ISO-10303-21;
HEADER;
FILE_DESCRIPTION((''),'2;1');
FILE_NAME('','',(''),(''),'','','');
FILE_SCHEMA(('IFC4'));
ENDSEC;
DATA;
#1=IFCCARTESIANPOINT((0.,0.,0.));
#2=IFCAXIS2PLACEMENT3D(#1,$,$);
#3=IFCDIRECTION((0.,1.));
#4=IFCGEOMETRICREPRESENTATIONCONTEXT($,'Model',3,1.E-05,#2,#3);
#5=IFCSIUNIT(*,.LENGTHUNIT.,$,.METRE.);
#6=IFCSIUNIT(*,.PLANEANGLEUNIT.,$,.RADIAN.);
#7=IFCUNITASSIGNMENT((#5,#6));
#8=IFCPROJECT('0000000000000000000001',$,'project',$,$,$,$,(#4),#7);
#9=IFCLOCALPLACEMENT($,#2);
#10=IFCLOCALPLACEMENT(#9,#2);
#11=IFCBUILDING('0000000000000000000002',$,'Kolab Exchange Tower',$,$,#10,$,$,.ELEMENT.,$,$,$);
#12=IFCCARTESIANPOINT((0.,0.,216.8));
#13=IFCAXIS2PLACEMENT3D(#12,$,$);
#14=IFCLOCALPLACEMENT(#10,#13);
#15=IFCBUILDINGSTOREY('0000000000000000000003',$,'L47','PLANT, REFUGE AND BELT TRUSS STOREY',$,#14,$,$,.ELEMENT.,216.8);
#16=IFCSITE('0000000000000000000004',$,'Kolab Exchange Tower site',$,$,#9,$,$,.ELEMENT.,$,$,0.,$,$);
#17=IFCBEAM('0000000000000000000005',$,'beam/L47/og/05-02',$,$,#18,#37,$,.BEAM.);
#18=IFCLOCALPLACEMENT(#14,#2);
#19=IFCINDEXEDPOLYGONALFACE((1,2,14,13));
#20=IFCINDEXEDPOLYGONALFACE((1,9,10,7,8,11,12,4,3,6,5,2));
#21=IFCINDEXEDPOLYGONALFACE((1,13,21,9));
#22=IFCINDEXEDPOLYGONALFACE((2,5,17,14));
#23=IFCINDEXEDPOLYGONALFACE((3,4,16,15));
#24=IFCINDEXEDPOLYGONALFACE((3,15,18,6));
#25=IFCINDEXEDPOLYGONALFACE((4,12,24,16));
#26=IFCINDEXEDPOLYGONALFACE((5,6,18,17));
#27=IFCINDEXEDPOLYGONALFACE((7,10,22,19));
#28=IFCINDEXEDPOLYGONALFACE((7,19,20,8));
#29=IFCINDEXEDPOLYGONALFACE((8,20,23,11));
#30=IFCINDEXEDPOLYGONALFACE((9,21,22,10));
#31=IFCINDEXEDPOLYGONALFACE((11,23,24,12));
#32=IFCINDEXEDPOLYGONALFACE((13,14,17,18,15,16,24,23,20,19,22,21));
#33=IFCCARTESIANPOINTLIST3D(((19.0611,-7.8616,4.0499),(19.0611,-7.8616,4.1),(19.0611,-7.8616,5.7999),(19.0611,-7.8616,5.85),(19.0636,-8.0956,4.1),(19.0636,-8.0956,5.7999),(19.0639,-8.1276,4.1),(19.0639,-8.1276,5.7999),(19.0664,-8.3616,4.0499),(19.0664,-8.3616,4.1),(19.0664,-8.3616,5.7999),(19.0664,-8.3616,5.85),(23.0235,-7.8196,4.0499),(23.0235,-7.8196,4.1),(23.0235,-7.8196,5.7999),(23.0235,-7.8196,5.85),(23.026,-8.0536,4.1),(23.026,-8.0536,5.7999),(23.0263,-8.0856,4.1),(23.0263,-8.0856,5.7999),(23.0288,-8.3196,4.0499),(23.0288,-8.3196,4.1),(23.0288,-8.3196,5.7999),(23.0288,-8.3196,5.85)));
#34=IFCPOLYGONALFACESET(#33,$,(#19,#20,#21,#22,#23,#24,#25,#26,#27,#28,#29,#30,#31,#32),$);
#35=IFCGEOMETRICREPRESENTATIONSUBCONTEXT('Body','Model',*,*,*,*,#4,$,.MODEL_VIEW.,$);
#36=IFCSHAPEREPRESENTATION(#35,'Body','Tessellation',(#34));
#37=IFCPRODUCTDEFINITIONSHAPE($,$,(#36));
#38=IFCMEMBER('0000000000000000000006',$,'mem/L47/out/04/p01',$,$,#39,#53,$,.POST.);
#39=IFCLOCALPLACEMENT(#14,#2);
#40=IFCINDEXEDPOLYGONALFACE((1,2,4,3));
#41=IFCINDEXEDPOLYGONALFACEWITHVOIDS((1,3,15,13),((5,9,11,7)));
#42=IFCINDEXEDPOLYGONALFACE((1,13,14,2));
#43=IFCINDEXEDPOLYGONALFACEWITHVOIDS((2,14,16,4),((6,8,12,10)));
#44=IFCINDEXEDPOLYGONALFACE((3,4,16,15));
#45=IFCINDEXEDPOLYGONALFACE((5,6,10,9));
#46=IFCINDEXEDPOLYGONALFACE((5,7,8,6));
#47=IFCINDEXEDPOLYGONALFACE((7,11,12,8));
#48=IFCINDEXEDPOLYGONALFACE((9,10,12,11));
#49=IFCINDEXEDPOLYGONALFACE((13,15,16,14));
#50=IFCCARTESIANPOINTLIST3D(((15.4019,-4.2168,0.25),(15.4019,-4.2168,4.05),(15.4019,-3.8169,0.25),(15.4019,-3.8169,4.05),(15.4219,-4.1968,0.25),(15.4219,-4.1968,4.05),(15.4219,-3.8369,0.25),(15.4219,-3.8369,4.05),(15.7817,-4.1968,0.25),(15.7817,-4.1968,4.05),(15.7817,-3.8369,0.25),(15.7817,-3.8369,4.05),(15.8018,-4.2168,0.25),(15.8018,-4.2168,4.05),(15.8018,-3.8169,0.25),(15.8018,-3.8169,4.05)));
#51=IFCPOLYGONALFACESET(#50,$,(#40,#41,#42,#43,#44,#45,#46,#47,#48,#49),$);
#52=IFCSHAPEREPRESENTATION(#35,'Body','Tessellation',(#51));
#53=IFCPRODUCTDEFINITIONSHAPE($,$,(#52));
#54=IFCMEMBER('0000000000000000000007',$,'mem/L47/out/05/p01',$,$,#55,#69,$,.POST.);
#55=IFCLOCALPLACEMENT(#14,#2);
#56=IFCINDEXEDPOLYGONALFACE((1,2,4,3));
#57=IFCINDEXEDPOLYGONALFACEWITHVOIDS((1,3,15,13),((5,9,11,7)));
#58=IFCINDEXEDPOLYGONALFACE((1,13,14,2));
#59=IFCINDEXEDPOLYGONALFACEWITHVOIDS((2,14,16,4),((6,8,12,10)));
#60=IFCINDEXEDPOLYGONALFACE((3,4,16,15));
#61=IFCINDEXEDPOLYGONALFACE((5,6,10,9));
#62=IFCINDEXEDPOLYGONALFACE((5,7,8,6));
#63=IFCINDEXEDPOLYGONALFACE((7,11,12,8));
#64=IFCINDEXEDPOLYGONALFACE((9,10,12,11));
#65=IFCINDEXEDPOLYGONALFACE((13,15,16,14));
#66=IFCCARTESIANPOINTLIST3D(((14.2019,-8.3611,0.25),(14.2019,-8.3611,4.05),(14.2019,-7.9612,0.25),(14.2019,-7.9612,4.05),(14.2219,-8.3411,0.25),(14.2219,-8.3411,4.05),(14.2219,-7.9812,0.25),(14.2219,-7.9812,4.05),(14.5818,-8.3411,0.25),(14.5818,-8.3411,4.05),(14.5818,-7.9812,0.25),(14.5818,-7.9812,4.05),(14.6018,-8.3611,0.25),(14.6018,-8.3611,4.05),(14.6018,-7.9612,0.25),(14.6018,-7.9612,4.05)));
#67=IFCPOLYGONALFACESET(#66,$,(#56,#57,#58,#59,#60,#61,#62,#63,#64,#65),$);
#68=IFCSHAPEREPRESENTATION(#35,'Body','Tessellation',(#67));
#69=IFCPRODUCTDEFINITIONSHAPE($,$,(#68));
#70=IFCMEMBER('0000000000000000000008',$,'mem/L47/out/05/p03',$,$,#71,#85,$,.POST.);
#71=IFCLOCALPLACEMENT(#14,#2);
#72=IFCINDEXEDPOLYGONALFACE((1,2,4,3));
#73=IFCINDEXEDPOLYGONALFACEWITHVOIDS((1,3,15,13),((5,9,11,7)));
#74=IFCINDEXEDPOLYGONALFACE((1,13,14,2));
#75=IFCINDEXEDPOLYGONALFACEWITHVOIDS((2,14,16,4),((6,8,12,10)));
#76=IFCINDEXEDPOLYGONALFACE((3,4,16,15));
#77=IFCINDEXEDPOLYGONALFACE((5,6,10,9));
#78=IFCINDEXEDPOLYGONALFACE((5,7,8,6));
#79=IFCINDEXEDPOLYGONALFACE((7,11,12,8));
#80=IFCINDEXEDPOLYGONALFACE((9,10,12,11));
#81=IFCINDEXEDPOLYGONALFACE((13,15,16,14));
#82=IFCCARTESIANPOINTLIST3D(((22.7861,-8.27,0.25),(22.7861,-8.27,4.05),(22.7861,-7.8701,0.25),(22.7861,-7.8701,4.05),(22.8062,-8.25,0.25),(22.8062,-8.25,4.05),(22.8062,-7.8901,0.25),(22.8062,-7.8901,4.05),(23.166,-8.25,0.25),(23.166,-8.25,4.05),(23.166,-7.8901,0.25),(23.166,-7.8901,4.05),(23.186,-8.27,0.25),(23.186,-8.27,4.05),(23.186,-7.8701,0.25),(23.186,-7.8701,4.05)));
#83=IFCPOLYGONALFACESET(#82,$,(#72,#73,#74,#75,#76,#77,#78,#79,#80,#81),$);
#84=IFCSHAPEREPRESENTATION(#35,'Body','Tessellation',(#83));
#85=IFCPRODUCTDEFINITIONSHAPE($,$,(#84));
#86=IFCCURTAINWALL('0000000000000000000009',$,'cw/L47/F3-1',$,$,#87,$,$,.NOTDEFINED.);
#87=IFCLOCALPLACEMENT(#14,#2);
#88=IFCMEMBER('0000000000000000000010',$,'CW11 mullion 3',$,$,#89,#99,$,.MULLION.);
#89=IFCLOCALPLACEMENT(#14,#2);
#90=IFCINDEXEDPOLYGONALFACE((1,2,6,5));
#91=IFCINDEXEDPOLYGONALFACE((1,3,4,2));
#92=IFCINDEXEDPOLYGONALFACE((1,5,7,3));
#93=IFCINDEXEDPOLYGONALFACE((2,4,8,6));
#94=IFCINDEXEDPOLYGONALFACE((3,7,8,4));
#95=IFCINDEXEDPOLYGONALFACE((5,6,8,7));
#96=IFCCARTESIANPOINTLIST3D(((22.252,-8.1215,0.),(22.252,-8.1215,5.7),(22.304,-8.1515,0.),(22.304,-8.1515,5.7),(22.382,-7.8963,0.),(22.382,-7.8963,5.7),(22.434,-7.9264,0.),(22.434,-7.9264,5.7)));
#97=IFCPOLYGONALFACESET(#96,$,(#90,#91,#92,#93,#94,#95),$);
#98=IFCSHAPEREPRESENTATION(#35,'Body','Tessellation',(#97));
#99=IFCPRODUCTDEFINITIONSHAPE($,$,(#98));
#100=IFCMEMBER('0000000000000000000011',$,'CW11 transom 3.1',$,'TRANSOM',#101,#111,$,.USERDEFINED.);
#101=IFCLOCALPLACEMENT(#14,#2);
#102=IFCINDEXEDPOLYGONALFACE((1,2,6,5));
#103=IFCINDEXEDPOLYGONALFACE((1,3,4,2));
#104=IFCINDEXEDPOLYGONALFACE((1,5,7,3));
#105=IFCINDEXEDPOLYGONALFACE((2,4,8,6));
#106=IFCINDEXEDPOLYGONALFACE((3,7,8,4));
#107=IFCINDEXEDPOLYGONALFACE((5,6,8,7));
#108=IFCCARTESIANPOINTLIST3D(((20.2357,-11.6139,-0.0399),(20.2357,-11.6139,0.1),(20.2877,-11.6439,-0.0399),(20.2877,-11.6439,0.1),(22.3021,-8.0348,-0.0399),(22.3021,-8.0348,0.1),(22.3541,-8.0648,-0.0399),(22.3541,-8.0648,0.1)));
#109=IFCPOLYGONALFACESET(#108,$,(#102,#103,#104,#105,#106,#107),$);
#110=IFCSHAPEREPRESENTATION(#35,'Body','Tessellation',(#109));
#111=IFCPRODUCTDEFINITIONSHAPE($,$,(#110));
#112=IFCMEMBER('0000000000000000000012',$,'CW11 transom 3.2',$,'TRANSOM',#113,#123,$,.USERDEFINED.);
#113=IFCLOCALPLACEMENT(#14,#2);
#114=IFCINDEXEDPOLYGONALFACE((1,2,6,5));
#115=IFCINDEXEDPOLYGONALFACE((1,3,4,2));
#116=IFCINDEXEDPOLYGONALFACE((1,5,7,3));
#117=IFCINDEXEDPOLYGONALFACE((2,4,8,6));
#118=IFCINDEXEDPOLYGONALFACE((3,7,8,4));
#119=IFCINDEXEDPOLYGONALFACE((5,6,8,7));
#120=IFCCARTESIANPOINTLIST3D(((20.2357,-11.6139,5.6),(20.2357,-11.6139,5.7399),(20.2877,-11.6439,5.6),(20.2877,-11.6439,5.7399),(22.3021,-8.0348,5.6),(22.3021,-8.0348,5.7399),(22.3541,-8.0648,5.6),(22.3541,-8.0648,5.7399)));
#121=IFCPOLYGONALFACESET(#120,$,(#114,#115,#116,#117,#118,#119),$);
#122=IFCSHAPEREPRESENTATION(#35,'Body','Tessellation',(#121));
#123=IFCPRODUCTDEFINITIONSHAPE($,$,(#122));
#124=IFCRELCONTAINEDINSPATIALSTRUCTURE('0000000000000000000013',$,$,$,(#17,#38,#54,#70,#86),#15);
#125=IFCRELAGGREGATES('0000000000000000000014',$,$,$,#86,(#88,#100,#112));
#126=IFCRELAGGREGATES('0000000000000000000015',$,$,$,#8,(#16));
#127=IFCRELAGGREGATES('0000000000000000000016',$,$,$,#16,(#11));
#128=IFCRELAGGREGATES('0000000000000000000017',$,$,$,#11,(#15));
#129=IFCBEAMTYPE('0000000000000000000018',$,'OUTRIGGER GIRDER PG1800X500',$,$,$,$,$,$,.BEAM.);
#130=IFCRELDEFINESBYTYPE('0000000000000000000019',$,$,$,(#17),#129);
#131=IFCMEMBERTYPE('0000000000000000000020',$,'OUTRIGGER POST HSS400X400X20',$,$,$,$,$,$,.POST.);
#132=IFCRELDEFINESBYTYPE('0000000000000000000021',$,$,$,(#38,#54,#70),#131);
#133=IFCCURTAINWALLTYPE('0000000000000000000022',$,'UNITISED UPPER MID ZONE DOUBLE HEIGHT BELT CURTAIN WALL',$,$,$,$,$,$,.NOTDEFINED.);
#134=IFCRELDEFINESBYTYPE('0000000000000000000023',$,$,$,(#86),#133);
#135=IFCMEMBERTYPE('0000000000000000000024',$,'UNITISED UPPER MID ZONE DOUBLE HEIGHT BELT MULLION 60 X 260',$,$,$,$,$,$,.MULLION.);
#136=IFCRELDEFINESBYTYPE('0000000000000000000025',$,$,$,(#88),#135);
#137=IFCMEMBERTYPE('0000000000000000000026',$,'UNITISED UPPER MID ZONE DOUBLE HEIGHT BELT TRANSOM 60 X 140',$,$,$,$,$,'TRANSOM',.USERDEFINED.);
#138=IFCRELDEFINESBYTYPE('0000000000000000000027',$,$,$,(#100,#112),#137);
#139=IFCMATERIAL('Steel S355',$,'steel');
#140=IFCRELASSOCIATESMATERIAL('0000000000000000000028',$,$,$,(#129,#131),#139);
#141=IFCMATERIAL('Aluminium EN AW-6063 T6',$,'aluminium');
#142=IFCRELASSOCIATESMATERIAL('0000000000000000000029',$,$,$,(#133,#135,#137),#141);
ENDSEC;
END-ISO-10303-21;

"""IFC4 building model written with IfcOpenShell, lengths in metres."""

from ifc_helpers import new_model, si_unit, direction, frame, origin, origin_2d, place, context, subcontext, project, spatial, rectangle, hollow_rectangle, i_section, extrude, material, material_profile, profile_set, type_object, element, aggregate, save


model = new_model("IFC4")

# Units and contexts
model_context = context("Model", 3, precision=1e-05, world=origin(), true_north=direction((0.0, 1.0)))
body_context = subcontext(model_context, "Body", "Model", "MODEL_VIEW")
ifc_project = project(units=[si_unit("LENGTHUNIT", "METRE"), si_unit("PLANEANGLEUNIT", "RADIAN")], contexts=[model_context])

# Site, building, storey
site_placement = place(None, origin())
site = spatial("IfcSite", under=ifc_project, at=site_placement, Name="Kolab Exchange Tower site", CompositionType="ELEMENT", RefElevation=0.0)
building_placement = place(site_placement, origin())
building = spatial("IfcBuilding", under=site, at=building_placement, Name="Kolab Exchange Tower", CompositionType="ELEMENT")
storey_placement = place(building_placement, frame((0.0, 0.0, 216.8)))
storey = spatial("IfcBuildingStorey", under=building, at=storey_placement, Name="L47", Description="PLANT, REFUGE AND BELT TRUSS STOREY", CompositionType="ELEMENT", Elevation=216.8)

# Shared definitions
ifc_material_1 = material(Name="Steel S355", Category="steel")

# Beam
ifc_material_profile_1 = material_profile(ifc_material_1, i_section(OverallWidth=0.5, OverallDepth=1.8, WebThickness=0.032, FlangeThickness=0.05, at=origin_2d()), Name="PG1800X500")
ifc_profile_set_1 = profile_set([ifc_material_profile_1], Name="Steel S355")
beam_type_1 = type_object("IfcBeamType", Name="OUTRIGGER GIRDER PG1800X500", PredefinedType="BEAM", material=ifc_profile_set_1)
beam_1_placement = place(storey_placement, frame((19.0637, -8.1116, 4.95), z_axis=(0.999944, 0.010597, 0.0), x_axis=(-0.010597, 0.999944, 0.0)))
element("IfcBeam", 1, at=beam_1_placement, inside=storey, type_object=beam_type_1, Name="beam/L47/og/05-02", PredefinedType="BEAM", context=body_context, shape_type="SweptSolid", body=[
    extrude(i_section(OverallWidth=0.5, OverallDepth=1.8, WebThickness=0.032, FlangeThickness=0.05, at=origin_2d()), origin(), (0.0, 0.0, 1.0), 3.9626),
])

# Members
ifc_material_profile_2 = material_profile(ifc_material_1, hollow_rectangle(XDim=0.3999, YDim=0.3999, WallThickness=0.02, at=origin_2d()), Name="HSS400X400X20")
ifc_profile_set_2 = profile_set([ifc_material_profile_2], Name="Steel S355")
member_type_1 = type_object("IfcMemberType", Name="OUTRIGGER POST HSS400X400X20", PredefinedType="POST", material=ifc_profile_set_2)
for number, where, z_axis, x_axis, name in (
    (2, (15.6018, -4.0168, 0.25), (0.0, 0.0, 1.0), (1.0, 0.0, 0.0), "mem/L47/out/04/p01"),
    (3, (14.4019, -8.1611, 0.25), (0.0, 0.0, 1.0), (1.0, 0.0, 0.0), "mem/L47/out/05/p01"),
    (4, (22.9861, -8.0701, 0.25), (0.0, 0.0, 1.0), (1.0, 0.0, 0.0), "mem/L47/out/05/p03"),
):
    element("IfcMember", number, at=place(storey_placement, frame(where, z_axis=z_axis, x_axis=x_axis)), inside=storey, type_object=member_type_1, Name=name, PredefinedType="POST", context=body_context, shape_type="SweptSolid", body=[
        extrude(hollow_rectangle(XDim=0.3999, YDim=0.3999, WallThickness=0.02, at=origin_2d()), origin(), (0.0, 0.0, 1.0), 3.8),
    ])

# Curtain wall, members
ifc_material_2 = material(Name="Aluminium EN AW-6063 T6", Category="aluminium")
curtain_wall_type = type_object("IfcCurtainWallType", Name="UNITISED UPPER MID ZONE DOUBLE HEIGHT BELT CURTAIN WALL", PredefinedType="NOTDEFINED", material=ifc_material_2)
curtain_wall_placement = place(storey_placement, origin())
curtain_wall = element("IfcCurtainWall", 5, at=curtain_wall_placement, inside=storey, type_object=curtain_wall_type, Name="cw/L47/F3-1", PredefinedType="NOTDEFINED")
ifc_material_profile_3 = material_profile(ifc_material_2, rectangle(XDim=0.0601, YDim=0.26, at=origin_2d()), Name="RECT 60X260")
ifc_profile_set_3 = profile_set([ifc_material_profile_3], Name="Aluminium EN AW-6063 T6")
member_type_2 = type_object("IfcMemberType", Name="UNITISED UPPER MID ZONE DOUBLE HEIGHT BELT MULLION 60 X 260", PredefinedType="MULLION", material=ifc_profile_set_3)
member_1_placement = place(storey_placement, frame((22.343, -8.0239, 0.0), z_axis=(0.0, 0.0, 1.0), x_axis=(0.866025, -0.5, 0.0)))
member_1 = element("IfcMember", 6, at=member_1_placement, type_object=member_type_2, Name="CW11 mullion 3", PredefinedType="MULLION", context=body_context, shape_type="SweptSolid", body=[
    extrude(rectangle(XDim=0.0601, YDim=0.26, at=origin_2d()), origin(), (0.0, 0.0, 1.0), 5.7),
])
ifc_material_profile_4 = material_profile(ifc_material_2, rectangle(XDim=0.0601, YDim=0.1399, at=origin_2d()), Name="RECT 60X140")
ifc_profile_set_4 = profile_set([ifc_material_profile_4], Name="Aluminium EN AW-6063 T6")
member_type_3 = type_object("IfcMemberType", Name="UNITISED UPPER MID ZONE DOUBLE HEIGHT BELT TRANSOM 60 X 140", ElementType="TRANSOM", PredefinedType="USERDEFINED", material=ifc_profile_set_4)
member_2_placement = place(storey_placement, frame((22.3281, -8.0498, 0.03), z_axis=(-0.500002, -0.866024, 0.0), x_axis=(0.866024, -0.500002, 0.0)))
member_2 = element("IfcMember", 7, at=member_2_placement, type_object=member_type_3, Name="CW11 transom 3.1", ObjectType="TRANSOM", PredefinedType="USERDEFINED", context=body_context, shape_type="SweptSolid", body=[
    extrude(rectangle(XDim=0.0601, YDim=0.1399, at=origin_2d()), origin(), (0.0, 0.0, 1.0), 4.1328),
])
member_3_placement = place(storey_placement, frame((22.3281, -8.0498, 5.6699), z_axis=(-0.500002, -0.866024, 0.0), x_axis=(0.866024, -0.500002, 0.0)))
member_3 = element("IfcMember", 8, at=member_3_placement, type_object=member_type_3, Name="CW11 transom 3.2", ObjectType="TRANSOM", PredefinedType="USERDEFINED", context=body_context, shape_type="SweptSolid", body=[
    extrude(rectangle(XDim=0.0601, YDim=0.1399, at=origin_2d()), origin(), (0.0, 0.0, 1.0), 4.1328),
])
aggregate(curtain_wall, [member_1, member_2, member_3])

save(model, "model.ifc")
